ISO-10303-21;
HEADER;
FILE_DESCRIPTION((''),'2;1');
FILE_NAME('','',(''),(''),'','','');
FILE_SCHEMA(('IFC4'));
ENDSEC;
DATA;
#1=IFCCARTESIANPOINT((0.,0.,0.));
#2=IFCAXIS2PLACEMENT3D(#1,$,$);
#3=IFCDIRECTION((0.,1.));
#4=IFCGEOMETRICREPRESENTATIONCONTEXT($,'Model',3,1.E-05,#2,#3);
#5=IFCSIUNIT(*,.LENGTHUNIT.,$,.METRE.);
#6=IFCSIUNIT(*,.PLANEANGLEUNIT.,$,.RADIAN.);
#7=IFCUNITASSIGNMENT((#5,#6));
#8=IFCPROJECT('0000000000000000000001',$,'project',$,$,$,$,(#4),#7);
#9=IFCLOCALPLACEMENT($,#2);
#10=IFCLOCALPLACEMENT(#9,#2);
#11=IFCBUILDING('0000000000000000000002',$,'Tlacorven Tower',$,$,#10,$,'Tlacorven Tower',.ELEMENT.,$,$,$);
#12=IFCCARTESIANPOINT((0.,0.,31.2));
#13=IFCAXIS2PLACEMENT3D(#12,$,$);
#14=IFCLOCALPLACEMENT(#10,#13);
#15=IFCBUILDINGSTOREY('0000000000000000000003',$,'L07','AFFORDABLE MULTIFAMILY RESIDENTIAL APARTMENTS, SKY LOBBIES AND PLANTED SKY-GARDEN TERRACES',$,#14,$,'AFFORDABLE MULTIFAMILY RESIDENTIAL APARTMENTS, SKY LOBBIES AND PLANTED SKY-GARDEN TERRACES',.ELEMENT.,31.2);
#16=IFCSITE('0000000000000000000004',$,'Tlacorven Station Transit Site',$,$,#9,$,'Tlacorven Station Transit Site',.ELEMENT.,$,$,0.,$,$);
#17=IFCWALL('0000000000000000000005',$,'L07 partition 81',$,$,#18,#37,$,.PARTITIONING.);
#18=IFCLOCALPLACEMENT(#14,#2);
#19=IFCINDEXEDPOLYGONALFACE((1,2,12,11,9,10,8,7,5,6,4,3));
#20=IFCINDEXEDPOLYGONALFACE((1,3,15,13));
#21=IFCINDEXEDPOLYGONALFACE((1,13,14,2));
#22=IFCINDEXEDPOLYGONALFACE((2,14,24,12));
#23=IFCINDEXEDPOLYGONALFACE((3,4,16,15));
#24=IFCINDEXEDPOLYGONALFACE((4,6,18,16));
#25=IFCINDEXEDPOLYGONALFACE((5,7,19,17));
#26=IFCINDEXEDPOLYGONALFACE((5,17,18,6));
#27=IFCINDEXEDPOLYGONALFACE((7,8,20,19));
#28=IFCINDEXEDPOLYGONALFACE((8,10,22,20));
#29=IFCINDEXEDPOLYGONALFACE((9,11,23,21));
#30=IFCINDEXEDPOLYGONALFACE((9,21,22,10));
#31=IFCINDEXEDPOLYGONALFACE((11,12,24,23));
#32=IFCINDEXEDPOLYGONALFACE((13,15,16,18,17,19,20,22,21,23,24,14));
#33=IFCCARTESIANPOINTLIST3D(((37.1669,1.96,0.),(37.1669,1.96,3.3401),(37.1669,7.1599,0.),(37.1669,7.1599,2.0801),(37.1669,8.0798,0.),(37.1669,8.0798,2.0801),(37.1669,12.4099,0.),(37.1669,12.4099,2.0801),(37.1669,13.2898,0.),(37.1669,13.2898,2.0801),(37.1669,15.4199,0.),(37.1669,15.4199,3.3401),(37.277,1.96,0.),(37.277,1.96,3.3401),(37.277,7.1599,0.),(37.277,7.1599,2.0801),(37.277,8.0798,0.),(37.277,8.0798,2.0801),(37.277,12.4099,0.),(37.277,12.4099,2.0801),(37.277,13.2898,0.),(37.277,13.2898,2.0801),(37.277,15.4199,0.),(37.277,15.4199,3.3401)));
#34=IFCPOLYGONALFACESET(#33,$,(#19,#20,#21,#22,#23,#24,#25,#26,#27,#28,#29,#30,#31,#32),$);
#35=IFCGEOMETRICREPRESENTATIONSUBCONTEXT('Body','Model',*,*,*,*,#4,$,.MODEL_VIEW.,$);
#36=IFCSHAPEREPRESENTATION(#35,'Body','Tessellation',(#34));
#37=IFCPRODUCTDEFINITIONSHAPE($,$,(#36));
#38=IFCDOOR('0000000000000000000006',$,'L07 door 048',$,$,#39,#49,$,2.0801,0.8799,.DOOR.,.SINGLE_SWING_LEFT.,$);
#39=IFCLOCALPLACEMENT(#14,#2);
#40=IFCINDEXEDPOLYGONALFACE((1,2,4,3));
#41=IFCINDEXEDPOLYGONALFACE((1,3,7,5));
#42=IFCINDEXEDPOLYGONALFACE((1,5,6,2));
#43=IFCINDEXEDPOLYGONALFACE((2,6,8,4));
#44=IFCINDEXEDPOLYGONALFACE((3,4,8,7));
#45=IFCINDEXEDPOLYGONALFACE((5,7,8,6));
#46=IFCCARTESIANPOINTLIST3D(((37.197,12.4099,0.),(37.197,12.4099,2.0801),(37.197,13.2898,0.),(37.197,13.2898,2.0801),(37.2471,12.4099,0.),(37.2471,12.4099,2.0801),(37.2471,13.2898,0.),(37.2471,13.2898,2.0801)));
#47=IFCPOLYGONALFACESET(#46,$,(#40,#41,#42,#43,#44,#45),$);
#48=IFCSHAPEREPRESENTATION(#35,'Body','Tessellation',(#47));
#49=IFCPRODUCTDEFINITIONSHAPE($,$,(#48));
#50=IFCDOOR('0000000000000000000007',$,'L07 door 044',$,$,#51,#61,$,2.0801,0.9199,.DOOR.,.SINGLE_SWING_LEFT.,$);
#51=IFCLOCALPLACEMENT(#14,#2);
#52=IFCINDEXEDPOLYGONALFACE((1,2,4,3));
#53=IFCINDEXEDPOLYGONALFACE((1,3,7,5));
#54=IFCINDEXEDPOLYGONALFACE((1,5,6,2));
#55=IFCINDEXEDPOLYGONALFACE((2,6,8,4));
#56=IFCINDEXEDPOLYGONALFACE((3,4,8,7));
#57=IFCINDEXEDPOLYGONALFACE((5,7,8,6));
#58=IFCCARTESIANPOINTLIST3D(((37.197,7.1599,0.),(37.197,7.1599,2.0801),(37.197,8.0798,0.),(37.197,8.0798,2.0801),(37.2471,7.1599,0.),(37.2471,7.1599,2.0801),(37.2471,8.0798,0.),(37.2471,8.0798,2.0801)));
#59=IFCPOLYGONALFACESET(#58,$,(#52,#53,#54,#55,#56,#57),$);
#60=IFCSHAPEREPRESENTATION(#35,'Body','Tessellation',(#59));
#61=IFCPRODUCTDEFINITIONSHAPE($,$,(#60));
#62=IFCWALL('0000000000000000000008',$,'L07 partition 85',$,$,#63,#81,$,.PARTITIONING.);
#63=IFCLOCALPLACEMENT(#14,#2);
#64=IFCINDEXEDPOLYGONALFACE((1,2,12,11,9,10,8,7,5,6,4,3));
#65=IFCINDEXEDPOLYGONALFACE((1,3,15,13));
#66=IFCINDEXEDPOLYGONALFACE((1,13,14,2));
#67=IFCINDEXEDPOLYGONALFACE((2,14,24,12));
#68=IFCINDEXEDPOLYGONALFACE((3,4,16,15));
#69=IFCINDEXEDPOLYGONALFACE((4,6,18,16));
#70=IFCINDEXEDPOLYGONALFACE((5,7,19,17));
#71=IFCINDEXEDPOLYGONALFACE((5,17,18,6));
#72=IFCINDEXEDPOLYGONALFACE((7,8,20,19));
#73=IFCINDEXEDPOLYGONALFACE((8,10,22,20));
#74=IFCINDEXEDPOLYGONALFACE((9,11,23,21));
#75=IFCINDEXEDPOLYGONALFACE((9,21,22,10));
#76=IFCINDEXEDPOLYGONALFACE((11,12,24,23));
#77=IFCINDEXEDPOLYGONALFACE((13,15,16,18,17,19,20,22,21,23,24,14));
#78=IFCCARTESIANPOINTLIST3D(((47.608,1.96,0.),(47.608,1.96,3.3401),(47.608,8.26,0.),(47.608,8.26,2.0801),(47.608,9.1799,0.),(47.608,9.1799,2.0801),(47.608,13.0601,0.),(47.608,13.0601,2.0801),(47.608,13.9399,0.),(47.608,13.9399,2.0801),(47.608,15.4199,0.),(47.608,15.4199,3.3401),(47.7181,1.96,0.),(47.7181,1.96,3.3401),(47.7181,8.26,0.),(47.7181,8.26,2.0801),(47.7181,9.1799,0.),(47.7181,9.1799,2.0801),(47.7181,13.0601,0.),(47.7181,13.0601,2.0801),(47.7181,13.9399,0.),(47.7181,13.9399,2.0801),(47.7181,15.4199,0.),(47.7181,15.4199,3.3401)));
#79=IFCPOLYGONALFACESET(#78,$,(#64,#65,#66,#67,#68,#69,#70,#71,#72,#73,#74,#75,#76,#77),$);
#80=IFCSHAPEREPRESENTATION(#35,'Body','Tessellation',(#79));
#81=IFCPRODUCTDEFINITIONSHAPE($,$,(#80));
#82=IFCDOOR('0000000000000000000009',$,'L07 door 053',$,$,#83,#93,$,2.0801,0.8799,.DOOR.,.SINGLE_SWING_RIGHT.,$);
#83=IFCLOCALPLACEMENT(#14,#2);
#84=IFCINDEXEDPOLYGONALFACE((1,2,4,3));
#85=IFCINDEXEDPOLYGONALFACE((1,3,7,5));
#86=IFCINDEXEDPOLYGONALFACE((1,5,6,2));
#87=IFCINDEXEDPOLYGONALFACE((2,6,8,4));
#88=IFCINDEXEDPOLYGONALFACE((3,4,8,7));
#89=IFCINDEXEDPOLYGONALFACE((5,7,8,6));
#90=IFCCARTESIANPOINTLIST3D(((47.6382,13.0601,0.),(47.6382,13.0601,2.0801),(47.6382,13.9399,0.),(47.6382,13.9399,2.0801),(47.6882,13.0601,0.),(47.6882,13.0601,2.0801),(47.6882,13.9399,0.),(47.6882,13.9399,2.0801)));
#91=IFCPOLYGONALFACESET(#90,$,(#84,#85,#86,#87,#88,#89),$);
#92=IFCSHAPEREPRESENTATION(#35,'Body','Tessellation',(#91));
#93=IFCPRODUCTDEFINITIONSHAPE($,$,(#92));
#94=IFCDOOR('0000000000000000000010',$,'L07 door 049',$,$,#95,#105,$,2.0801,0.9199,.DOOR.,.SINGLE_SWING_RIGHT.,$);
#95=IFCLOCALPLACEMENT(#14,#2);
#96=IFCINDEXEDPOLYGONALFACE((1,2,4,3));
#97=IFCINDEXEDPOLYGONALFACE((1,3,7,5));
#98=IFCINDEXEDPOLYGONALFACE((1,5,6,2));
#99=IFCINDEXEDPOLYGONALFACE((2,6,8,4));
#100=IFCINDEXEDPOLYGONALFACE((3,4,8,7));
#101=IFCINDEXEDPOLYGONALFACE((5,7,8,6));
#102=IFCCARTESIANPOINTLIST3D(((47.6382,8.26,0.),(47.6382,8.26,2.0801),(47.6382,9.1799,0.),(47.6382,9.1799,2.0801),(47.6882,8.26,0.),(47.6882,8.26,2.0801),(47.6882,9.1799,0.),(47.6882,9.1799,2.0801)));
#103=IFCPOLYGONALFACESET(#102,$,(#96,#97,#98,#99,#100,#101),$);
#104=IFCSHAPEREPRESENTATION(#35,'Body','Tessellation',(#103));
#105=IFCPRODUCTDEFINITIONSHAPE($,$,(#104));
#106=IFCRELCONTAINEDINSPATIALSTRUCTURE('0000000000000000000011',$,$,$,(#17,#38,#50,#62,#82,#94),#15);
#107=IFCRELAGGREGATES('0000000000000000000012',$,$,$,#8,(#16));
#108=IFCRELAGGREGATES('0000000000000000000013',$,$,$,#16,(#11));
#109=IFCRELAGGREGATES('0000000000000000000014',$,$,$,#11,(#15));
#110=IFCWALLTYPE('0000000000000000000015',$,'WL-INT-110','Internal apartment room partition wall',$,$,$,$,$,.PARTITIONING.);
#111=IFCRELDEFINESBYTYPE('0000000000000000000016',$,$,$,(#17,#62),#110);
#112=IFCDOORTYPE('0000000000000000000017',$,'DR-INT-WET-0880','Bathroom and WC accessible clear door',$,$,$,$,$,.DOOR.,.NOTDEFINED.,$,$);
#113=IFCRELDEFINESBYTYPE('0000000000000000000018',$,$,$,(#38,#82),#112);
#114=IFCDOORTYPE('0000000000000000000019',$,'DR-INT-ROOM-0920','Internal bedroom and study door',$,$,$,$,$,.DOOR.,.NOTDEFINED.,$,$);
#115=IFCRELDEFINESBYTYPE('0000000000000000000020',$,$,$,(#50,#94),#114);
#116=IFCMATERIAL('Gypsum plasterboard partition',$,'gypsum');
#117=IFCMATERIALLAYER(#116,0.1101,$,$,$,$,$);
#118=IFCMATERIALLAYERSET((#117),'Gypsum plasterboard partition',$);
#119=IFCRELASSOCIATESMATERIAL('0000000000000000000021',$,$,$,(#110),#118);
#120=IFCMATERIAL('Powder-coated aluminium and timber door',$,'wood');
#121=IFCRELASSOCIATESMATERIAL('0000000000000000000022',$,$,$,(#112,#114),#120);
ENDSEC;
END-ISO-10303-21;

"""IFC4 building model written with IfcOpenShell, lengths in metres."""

from ifc_helpers import new_model, si_unit, direction, frame, frame_2d, origin, place, context, subcontext, project, spatial, rectangle, extrude, source, transform, mapped, material, layer, layer_set, type_object, element, fill, save


model = new_model("IFC4")

# Units and contexts
model_context = context("Model", 3, precision=1e-05, world=origin(), true_north=direction((0.0, 1.0)))
body_context = subcontext(model_context, "Body", "Model", "MODEL_VIEW")
ifc_project = project(units=[si_unit("LENGTHUNIT", "METRE"), si_unit("PLANEANGLEUNIT", "RADIAN")], contexts=[model_context])

# Site, building, storey
site_placement = place(None, origin())
site = spatial("IfcSite", under=ifc_project, at=site_placement, Name="Tlacorven Station Transit Site", LongName="Tlacorven Station Transit Site", CompositionType="ELEMENT", RefElevation=0.0)
building_placement = place(site_placement, origin())
building = spatial("IfcBuilding", under=site, at=building_placement, Name="Tlacorven Tower", LongName="Tlacorven Tower", CompositionType="ELEMENT")
storey_placement = place(building_placement, frame((0.0, 0.0, 31.2)))
storey = spatial("IfcBuildingStorey", under=building, at=storey_placement, Name="L07", Description="AFFORDABLE MULTIFAMILY RESIDENTIAL APARTMENTS, SKY LOBBIES AND PLANTED SKY-GARDEN TERRACES", LongName="AFFORDABLE MULTIFAMILY RESIDENTIAL APARTMENTS, SKY LOBBIES AND PLANTED SKY-GARDEN TERRACES", CompositionType="ELEMENT", Elevation=31.2)

# Walls, openings, doors
ifc_material_1 = material(Name="Gypsum plasterboard partition", Category="gypsum")
ifc_layer_1 = layer(ifc_material_1, 0.1101)
ifc_layer_set_1 = layer_set([ifc_layer_1], Name="Gypsum plasterboard partition")
wall_type_1 = type_object("IfcWallType", Name="WL-INT-110", Description="Internal apartment room partition wall", PredefinedType="PARTITIONING", material=ifc_layer_set_1)
wall_1_placement = place(storey_placement, frame((37.2219, 1.96, 0.0), z_axis=(0.0, 0.0, 1.0), x_axis=(0.0, 1.0, 0.0)))
wall_1 = element("IfcWall", 1, at=wall_1_placement, inside=storey, type_object=wall_type_1, Name="L07 partition 81", PredefinedType="PARTITIONING", context=body_context, shape_type="SweptSolid", body=[
    extrude(rectangle(XDim=13.46, YDim=0.1101, at=frame_2d((6.73, 0.0))), origin(), (0.0, 0.0, 1.0), 3.3401),
])
opening_1_placement = place(wall_1_placement, frame((5.2, 0.0, 0.0)))
opening_1 = element("IfcOpeningElement", 2, at=opening_1_placement, cuts=wall_1, PredefinedType="OPENING", context=body_context, shape_type="SweptSolid", body=[
    extrude(rectangle(XDim=0.9199, YDim=2.0801, at=frame_2d((0.46, 1.04))), frame((0.0, 0.0649, 0.0), z_axis=(0.0, -1.0, 0.0), x_axis=(1.0, 0.0, 0.0)), (0.0, 0.0, 1.0), 0.1301),
])
opening_2_placement = place(wall_1_placement, frame((10.45, 0.0, 0.0)))
opening_2 = element("IfcOpeningElement", 3, at=opening_2_placement, cuts=wall_1, PredefinedType="OPENING", context=body_context, shape_type="SweptSolid", body=[
    extrude(rectangle(XDim=0.8799, YDim=2.0801, at=frame_2d((0.4399, 1.04))), frame((0.0, 0.0649, 0.0), z_axis=(0.0, -1.0, 0.0), x_axis=(1.0, 0.0, 0.0)), (0.0, 0.0, 1.0), 0.1301),
])
ifc_material_2 = material(Name="Powder-coated aluminium and timber door", Category="wood")
door_type_1 = type_object("IfcDoorType", Name="DR-INT-WET-0880", Description="Bathroom and WC accessible clear door", OperationType="NOTDEFINED", PredefinedType="DOOR", material=ifc_material_2)
shared_shape_1 = source(origin(), body_context, "Body", "SweptSolid", [
    extrude(rectangle(XDim=0.8799, YDim=2.0801, at=frame_2d((0.4399, 1.04))), frame((0.0, 0.0249, 0.0), z_axis=(0.0, -1.0, 0.0), x_axis=(1.0, 0.0, 0.0)), (0.0, 0.0, 1.0), 0.05),
])
door_1_placement = place(opening_2_placement, origin())
door_1 = element("IfcDoor", 4, at=door_1_placement, inside=storey, type_object=door_type_1, Name="L07 door 048", OperationType="SINGLE_SWING_LEFT", OverallHeight=2.0801, OverallWidth=0.8799, PredefinedType="DOOR", context=body_context, shape_type="MappedRepresentation", body=[
    mapped(shared_shape_1, transform((0.0, 0.0, 0.0), scale=1.0)),
])
fill(opening_2, door_1)
door_type_2 = type_object("IfcDoorType", Name="DR-INT-ROOM-0920", Description="Internal bedroom and study door", OperationType="NOTDEFINED", PredefinedType="DOOR", material=ifc_material_2)
shared_shape_2 = source(origin(), body_context, "Body", "SweptSolid", [
    extrude(rectangle(XDim=0.9199, YDim=2.0801, at=frame_2d((0.46, 1.04))), frame((0.0, 0.0249, 0.0), z_axis=(0.0, -1.0, 0.0), x_axis=(1.0, 0.0, 0.0)), (0.0, 0.0, 1.0), 0.05),
])
door_2_placement = place(opening_1_placement, origin())
door_2 = element("IfcDoor", 5, at=door_2_placement, inside=storey, type_object=door_type_2, Name="L07 door 044", OperationType="SINGLE_SWING_LEFT", OverallHeight=2.0801, OverallWidth=0.9199, PredefinedType="DOOR", context=body_context, shape_type="MappedRepresentation", body=[
    mapped(shared_shape_2, transform((0.0, 0.0, 0.0), scale=1.0)),
])
fill(opening_1, door_2)
wall_2_placement = place(storey_placement, frame((47.6631, 1.96, 0.0), z_axis=(0.0, 0.0, 1.0), x_axis=(0.0, 1.0, 0.0)))
wall_2 = element("IfcWall", 6, at=wall_2_placement, inside=storey, type_object=wall_type_1, Name="L07 partition 85", PredefinedType="PARTITIONING", context=body_context, shape_type="SweptSolid", body=[
    extrude(rectangle(XDim=13.46, YDim=0.1101, at=frame_2d((6.73, 0.0))), origin(), (0.0, 0.0, 1.0), 3.3401),
])
opening_3_placement = place(wall_2_placement, frame((6.3, 0.0, 0.0)))
opening_3 = element("IfcOpeningElement", 7, at=opening_3_placement, cuts=wall_2, PredefinedType="OPENING", context=body_context, shape_type="SweptSolid", body=[
    extrude(rectangle(XDim=0.9199, YDim=2.0801, at=frame_2d((0.46, 1.04))), frame((0.0, 0.0649, 0.0), z_axis=(0.0, -1.0, 0.0), x_axis=(1.0, 0.0, 0.0)), (0.0, 0.0, 1.0), 0.1301),
])
opening_4_placement = place(wall_2_placement, frame((11.1001, 0.0, 0.0)))
opening_4 = element("IfcOpeningElement", 8, at=opening_4_placement, cuts=wall_2, PredefinedType="OPENING", context=body_context, shape_type="SweptSolid", body=[
    extrude(rectangle(XDim=0.8799, YDim=2.0801, at=frame_2d((0.4399, 1.04))), frame((0.0, 0.0649, 0.0), z_axis=(0.0, -1.0, 0.0), x_axis=(1.0, 0.0, 0.0)), (0.0, 0.0, 1.0), 0.1301),
])
door_3_placement = place(opening_4_placement, origin())
door_3 = element("IfcDoor", 9, at=door_3_placement, inside=storey, type_object=door_type_1, Name="L07 door 053", OperationType="SINGLE_SWING_RIGHT", OverallHeight=2.0801, OverallWidth=0.8799, PredefinedType="DOOR", context=body_context, shape_type="MappedRepresentation", body=[
    mapped(shared_shape_1, transform((0.0, 0.0, 0.0), scale=1.0)),
])
fill(opening_4, door_3)
door_4_placement = place(opening_3_placement, origin())
door_4 = element("IfcDoor", 10, at=door_4_placement, inside=storey, type_object=door_type_2, Name="L07 door 049", OperationType="SINGLE_SWING_RIGHT", OverallHeight=2.0801, OverallWidth=0.9199, PredefinedType="DOOR", context=body_context, shape_type="MappedRepresentation", body=[
    mapped(shared_shape_2, transform((0.0, 0.0, 0.0), scale=1.0)),
])
fill(opening_3, door_4)

save(model, "model.ifc")
